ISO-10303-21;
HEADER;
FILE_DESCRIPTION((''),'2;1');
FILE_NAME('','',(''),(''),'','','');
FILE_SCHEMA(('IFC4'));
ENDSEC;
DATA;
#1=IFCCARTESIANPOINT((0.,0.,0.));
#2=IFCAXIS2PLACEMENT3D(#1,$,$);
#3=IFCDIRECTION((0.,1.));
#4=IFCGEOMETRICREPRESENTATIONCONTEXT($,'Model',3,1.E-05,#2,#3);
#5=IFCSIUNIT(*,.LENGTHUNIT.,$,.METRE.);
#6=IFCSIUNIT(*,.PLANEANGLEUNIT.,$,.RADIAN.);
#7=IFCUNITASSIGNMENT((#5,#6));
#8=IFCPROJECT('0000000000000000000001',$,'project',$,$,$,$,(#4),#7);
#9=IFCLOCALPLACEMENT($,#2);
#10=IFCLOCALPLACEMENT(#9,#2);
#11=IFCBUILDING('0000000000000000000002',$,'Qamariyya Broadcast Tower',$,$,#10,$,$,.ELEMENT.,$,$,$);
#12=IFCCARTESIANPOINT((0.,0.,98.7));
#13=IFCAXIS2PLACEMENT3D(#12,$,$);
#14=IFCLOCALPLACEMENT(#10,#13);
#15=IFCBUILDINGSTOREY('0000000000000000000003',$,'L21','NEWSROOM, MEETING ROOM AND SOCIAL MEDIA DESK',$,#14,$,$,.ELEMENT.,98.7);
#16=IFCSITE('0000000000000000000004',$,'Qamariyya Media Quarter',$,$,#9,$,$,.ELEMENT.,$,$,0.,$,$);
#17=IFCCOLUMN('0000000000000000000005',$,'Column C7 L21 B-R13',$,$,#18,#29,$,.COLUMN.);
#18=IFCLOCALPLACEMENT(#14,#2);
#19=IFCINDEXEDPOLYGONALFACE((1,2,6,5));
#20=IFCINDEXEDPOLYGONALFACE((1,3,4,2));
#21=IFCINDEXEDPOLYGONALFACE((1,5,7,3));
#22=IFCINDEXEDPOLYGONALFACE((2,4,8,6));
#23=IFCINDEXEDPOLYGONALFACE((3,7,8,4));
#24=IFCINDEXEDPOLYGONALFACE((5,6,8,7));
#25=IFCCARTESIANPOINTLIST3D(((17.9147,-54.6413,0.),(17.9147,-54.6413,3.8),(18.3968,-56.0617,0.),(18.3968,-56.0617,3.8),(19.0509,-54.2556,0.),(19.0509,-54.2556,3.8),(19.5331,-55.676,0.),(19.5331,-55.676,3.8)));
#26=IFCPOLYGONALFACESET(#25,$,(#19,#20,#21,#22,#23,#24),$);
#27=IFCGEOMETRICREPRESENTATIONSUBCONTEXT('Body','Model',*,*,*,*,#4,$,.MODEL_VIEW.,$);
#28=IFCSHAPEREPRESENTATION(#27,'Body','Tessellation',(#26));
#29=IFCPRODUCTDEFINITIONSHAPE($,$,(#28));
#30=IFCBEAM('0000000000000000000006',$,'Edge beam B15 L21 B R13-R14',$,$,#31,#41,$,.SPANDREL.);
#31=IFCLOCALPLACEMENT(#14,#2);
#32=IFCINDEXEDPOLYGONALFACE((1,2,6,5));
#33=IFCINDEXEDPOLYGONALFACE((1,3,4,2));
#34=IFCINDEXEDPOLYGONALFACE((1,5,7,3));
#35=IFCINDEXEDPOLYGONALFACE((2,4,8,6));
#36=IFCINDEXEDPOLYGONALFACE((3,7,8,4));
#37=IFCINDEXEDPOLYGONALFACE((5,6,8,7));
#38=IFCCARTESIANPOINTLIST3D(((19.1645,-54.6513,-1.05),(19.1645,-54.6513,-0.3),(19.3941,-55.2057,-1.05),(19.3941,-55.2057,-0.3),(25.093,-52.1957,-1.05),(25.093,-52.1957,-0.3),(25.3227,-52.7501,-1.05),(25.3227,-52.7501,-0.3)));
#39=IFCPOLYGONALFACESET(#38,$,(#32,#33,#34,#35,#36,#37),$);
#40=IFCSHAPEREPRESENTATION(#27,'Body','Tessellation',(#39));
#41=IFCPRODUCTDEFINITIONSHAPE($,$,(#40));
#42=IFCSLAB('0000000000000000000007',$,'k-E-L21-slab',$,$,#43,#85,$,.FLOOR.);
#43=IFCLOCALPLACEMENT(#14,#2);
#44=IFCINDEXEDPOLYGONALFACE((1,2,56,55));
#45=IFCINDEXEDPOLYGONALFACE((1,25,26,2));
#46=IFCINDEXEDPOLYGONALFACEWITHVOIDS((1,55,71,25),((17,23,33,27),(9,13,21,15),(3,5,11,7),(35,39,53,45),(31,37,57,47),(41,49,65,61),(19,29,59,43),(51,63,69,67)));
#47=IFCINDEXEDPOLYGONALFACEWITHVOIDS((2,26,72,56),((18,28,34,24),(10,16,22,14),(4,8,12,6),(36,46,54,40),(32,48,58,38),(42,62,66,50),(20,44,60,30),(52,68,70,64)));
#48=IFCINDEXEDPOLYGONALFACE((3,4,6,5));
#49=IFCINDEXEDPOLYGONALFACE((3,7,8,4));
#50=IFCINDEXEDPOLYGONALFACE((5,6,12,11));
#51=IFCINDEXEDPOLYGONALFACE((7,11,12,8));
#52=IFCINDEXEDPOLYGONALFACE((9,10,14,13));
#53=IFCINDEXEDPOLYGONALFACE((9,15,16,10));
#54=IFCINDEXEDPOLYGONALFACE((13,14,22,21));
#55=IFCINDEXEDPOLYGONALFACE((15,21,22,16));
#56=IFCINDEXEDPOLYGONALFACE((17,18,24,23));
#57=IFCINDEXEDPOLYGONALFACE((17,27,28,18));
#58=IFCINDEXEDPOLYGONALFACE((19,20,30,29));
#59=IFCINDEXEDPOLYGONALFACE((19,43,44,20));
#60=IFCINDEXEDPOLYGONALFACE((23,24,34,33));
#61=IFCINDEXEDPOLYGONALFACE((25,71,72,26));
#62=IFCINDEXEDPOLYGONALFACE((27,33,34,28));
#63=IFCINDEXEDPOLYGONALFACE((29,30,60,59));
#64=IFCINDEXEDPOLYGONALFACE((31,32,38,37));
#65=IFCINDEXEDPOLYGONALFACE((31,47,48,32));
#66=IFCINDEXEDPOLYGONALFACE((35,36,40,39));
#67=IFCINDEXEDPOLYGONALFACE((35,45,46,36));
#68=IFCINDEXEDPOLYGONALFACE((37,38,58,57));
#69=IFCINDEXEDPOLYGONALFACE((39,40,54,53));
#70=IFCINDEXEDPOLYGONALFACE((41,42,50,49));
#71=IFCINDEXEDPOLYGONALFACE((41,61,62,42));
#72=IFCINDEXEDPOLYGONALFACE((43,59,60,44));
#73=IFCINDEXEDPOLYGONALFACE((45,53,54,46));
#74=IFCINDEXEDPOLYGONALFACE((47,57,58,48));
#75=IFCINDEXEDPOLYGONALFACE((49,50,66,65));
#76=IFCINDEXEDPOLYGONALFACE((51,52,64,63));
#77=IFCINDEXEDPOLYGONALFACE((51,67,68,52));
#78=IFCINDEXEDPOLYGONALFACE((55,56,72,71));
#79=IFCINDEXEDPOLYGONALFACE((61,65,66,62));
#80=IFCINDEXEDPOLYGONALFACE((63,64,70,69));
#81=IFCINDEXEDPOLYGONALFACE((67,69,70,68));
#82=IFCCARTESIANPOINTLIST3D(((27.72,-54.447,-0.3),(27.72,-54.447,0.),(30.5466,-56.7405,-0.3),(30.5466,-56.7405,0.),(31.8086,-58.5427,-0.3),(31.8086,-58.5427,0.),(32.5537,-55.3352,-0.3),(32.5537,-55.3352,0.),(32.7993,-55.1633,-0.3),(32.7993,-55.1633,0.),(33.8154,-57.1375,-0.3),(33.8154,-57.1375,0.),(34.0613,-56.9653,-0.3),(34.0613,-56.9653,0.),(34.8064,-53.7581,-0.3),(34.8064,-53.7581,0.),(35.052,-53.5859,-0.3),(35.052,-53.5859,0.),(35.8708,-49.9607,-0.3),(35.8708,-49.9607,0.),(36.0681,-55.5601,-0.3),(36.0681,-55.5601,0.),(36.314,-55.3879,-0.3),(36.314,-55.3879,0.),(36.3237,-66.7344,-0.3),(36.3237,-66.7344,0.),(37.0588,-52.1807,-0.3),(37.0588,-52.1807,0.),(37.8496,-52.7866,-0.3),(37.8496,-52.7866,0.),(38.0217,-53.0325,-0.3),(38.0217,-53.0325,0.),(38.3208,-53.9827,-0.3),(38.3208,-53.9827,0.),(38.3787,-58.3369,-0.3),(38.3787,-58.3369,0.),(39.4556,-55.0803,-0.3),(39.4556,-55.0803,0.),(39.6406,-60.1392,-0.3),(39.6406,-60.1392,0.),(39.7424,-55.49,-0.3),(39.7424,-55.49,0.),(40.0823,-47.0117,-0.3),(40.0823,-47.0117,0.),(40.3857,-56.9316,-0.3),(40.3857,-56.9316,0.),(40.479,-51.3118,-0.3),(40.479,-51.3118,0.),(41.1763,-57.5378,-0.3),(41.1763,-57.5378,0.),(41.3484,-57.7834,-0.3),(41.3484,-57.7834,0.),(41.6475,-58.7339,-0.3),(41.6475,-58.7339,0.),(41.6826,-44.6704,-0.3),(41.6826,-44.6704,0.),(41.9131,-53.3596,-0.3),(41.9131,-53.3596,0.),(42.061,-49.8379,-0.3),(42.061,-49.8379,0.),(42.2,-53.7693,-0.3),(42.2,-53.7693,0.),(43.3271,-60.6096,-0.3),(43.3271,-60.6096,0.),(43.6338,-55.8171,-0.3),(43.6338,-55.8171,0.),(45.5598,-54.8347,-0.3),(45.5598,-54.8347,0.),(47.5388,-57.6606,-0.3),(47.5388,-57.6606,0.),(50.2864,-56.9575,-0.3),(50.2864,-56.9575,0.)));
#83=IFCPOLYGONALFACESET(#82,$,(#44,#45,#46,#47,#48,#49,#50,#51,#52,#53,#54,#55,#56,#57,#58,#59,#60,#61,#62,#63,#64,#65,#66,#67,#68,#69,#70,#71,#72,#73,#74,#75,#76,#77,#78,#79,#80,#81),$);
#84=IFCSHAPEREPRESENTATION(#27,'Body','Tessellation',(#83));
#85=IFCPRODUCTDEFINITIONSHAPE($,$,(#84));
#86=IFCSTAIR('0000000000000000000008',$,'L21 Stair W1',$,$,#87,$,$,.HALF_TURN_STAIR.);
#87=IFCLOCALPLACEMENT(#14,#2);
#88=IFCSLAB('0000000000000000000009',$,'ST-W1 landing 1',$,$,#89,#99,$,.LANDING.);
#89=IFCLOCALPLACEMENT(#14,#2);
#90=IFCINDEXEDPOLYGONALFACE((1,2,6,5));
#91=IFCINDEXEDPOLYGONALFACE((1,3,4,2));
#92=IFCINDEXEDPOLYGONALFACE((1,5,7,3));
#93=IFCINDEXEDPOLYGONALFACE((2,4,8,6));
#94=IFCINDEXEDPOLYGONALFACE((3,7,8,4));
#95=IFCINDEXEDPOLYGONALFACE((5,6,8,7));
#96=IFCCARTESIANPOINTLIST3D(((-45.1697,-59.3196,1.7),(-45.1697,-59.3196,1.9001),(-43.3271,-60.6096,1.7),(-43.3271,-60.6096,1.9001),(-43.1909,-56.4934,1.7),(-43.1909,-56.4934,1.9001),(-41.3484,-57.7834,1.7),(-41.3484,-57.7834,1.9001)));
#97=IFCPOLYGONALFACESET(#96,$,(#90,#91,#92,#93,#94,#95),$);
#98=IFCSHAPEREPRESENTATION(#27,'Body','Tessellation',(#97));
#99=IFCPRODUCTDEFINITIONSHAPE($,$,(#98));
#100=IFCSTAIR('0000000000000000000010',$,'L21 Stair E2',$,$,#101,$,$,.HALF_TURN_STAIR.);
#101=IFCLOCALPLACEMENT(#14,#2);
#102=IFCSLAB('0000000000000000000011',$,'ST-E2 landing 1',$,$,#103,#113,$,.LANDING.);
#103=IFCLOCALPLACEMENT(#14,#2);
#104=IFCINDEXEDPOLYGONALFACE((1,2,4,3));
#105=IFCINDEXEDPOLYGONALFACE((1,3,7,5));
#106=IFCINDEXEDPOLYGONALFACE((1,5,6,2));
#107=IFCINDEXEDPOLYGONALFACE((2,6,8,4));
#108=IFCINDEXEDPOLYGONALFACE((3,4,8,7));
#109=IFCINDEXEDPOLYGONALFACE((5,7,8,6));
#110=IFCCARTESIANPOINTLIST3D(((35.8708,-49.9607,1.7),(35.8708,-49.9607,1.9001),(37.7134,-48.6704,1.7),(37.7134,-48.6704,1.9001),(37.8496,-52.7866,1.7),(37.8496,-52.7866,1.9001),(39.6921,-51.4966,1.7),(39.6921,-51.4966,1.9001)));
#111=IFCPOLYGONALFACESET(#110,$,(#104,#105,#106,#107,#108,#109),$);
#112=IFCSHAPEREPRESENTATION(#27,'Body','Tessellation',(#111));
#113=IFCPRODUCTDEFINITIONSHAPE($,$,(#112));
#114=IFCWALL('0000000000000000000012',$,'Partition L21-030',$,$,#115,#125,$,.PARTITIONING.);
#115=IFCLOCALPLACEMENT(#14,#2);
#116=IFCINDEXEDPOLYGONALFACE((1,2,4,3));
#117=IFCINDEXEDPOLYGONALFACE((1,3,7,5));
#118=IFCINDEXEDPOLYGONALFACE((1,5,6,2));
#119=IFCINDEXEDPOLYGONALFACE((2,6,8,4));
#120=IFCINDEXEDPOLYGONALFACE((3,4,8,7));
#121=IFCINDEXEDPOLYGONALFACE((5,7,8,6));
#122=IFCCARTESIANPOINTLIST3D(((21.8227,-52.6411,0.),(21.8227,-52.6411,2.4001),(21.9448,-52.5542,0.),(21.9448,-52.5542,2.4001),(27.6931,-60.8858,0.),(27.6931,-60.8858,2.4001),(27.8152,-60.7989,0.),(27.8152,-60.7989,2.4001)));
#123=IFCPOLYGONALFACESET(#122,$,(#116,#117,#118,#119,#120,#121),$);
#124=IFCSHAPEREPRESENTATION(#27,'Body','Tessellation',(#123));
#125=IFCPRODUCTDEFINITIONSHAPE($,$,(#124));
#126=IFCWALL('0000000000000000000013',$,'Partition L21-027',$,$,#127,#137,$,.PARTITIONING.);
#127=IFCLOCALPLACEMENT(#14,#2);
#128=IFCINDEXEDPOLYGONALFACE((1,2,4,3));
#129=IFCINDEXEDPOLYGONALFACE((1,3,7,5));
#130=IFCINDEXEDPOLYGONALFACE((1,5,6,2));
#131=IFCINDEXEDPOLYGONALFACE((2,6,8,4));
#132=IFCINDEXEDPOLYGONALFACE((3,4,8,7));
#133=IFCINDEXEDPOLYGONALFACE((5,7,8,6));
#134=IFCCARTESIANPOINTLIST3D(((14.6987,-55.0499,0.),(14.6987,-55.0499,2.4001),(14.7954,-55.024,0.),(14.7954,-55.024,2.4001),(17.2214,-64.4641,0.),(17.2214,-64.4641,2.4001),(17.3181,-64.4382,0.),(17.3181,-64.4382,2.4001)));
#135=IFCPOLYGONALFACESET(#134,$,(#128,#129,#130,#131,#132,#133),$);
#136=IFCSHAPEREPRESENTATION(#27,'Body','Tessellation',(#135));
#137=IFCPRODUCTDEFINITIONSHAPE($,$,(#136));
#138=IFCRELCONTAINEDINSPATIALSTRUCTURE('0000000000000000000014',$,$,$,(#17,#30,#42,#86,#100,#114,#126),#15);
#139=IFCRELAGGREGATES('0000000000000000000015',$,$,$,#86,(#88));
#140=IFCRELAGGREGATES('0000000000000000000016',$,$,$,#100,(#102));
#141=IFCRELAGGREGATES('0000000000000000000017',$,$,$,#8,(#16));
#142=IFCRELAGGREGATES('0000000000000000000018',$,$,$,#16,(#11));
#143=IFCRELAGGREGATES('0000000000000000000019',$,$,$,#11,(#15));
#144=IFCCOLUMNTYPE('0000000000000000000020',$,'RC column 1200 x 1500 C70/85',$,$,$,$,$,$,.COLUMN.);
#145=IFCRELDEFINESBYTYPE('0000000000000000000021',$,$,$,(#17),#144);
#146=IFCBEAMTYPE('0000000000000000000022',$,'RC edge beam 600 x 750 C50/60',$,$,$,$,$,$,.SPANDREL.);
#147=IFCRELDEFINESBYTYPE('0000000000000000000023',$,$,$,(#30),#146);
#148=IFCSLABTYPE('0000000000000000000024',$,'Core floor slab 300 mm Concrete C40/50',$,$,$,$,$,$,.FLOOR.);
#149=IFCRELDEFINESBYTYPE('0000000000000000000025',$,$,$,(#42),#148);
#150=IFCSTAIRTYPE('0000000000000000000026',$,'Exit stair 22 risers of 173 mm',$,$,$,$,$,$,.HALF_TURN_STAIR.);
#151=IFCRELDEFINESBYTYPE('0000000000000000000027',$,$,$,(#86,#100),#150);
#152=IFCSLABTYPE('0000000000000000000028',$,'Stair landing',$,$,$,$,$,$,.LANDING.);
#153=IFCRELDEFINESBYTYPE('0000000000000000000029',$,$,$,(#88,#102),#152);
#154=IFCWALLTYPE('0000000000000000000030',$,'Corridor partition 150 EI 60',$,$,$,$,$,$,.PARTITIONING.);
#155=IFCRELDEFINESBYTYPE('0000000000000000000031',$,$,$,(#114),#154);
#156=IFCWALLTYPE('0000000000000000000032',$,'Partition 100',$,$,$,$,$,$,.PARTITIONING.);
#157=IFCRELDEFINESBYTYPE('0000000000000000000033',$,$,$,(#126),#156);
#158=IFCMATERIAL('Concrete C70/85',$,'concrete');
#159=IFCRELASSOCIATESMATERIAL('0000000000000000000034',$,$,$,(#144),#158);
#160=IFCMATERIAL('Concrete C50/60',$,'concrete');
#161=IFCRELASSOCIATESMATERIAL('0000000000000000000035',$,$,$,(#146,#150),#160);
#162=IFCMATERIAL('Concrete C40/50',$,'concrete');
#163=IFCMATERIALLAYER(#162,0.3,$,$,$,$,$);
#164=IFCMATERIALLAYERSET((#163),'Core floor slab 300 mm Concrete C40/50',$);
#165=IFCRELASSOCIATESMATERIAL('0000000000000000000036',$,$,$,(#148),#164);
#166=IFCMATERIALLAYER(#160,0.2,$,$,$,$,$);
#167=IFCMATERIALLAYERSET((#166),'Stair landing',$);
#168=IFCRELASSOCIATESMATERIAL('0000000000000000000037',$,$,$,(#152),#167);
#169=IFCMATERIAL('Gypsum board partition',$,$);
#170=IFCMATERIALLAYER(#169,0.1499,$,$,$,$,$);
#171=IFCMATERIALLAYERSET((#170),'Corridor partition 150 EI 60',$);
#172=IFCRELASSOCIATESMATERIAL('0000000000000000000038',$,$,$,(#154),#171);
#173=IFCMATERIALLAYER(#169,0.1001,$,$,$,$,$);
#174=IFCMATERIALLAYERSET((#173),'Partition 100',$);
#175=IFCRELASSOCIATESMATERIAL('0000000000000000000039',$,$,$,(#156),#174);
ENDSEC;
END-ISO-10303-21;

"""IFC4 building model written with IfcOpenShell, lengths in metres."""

from ifc_helpers import new_model, si_unit, direction, frame, frame_2d, origin, origin_2d, place, context, subcontext, project, spatial, polyline, rectangle, outline, extrude, material, layer, layer_set, material_profile, profile_set, type_object, element, aggregate, save


model = new_model("IFC4")

# Units and contexts
model_context = context("Model", 3, precision=1e-05, world=origin(), true_north=direction((0.0, 1.0)))
body_context = subcontext(model_context, "Body", "Model", "MODEL_VIEW")
ifc_project = project(units=[si_unit("LENGTHUNIT", "METRE"), si_unit("PLANEANGLEUNIT", "RADIAN")], contexts=[model_context])

# Site, building, storey
site_placement = place(None, origin())
site = spatial("IfcSite", under=ifc_project, at=site_placement, Name="Qamariyya Media Quarter", CompositionType="ELEMENT", RefElevation=0.0)
building_placement = place(site_placement, origin())
building = spatial("IfcBuilding", under=site, at=building_placement, Name="Qamariyya Broadcast Tower", CompositionType="ELEMENT")
storey_placement = place(building_placement, frame((0.0, 0.0, 98.7)))
storey = spatial("IfcBuildingStorey", under=building, at=storey_placement, Name="L21", Description="NEWSROOM, MEETING ROOM AND SOCIAL MEDIA DESK", CompositionType="ELEMENT", Elevation=98.7)

# Column
ifc_material_1 = material(Name="Concrete C70/85", Category="concrete")
ifc_material_profile_1 = material_profile(ifc_material_1, rectangle(XDim=1.2, YDim=1.5, at=origin_2d()))
ifc_profile_set_1 = profile_set([ifc_material_profile_1], Name="Concrete C70/85")
column_type = type_object("IfcColumnType", Name="RC column 1200 x 1500 C70/85", PredefinedType="COLUMN", material=ifc_profile_set_1)
column_placement = place(storey_placement, frame((18.7239, -55.1587, 0.0), z_axis=(0.0, 0.0, 1.0), x_axis=(0.94693, 0.321439, 0.0)))
element("IfcColumn", 1, at=column_placement, inside=storey, type_object=column_type, Name="Column C7 L21 B-R13", PredefinedType="COLUMN", context=body_context, shape_type="SweptSolid", body=[
    extrude(rectangle(XDim=1.2, YDim=1.5, at=origin_2d()), origin(), (0.0, 0.0, 1.0), 3.8),
])

# Beam
ifc_material_2 = material(Name="Concrete C50/60", Category="concrete")
ifc_material_profile_2 = material_profile(ifc_material_2, rectangle(XDim=0.6001, YDim=0.75, at=origin_2d()))
ifc_profile_set_2 = profile_set([ifc_material_profile_2], Name="Concrete C50/60")
beam_type = type_object("IfcBeamType", Name="RC edge beam 600 x 750 C50/60", PredefinedType="SPANDREL", material=ifc_profile_set_2)
beam_placement = place(storey_placement, frame((19.2793, -54.9285, -0.675), z_axis=(0.923884, 0.382672, 0.0), x_axis=(-0.382672, 0.923884, 0.0)))
element("IfcBeam", 2, at=beam_placement, inside=storey, type_object=beam_type, Name="Edge beam B15 L21 B R13-R14", PredefinedType="SPANDREL", context=body_context, shape_type="SweptSolid", body=[
    extrude(rectangle(XDim=0.6001, YDim=0.75, at=origin_2d()), origin(), (0.0, 0.0, 1.0), 6.417),
])

# Slab
ifc_material_3 = material(Name="Concrete C40/50", Category="concrete")
ifc_layer_1 = layer(ifc_material_3, 0.3)
ifc_layer_set_1 = layer_set([ifc_layer_1], Name="Core floor slab 300 mm Concrete C40/50")
slab_type_1 = type_object("IfcSlabType", Name="Core floor slab 300 mm Concrete C40/50", PredefinedType="FLOOR", material=ifc_layer_set_1)
slab_1_placement = place(storey_placement, frame((0.0, 0.0, -0.3)))
element("IfcSlab", 3, at=slab_1_placement, inside=storey, type_object=slab_type_1, Name="k-E-L21-slab", PredefinedType="FLOOR", context=body_context, shape_type="SweptSolid", body=[
    extrude(outline(polyline([(36.3237, -66.7344), (50.2864, -56.9575), (41.6826, -44.6704), (27.72, -54.447), (36.3237, -66.7344)]), holes=[polyline([(31.8086, -58.5427), (33.8154, -57.1375), (32.5537, -55.3352), (30.5466, -56.7405), (31.8086, -58.5427)]), polyline([(34.0613, -56.9653), (36.0681, -55.5601), (34.8064, -53.7581), (32.7993, -55.1633), (34.0613, -56.9653)]), polyline([(36.314, -55.3879), (38.3208, -53.9827), (37.0588, -52.1807), (35.052, -53.5859), (36.314, -55.3879)]), polyline([(38.3787, -58.3369), (40.3857, -56.9316), (41.6475, -58.7339), (39.6406, -60.1392), (38.3787, -58.3369)]), polyline([(39.7424, -55.49), (42.2, -53.7693), (43.6338, -55.8171), (41.1763, -57.5378), (39.7424, -55.49)]), polyline([(39.4556, -55.0803), (41.9131, -53.3596), (40.479, -51.3118), (38.0217, -53.0325), (39.4556, -55.0803)]), polyline([(40.0823, -47.0117), (35.8708, -49.9607), (37.8496, -52.7866), (42.061, -49.8379), (40.0823, -47.0117)]), polyline([(45.5598, -54.8347), (41.3484, -57.7834), (43.3271, -60.6096), (47.5388, -57.6606), (45.5598, -54.8347)])]), origin(), (0.0, 0.0, 1.0), 0.3),
])

# Stairs, slabs
stair_type = type_object("IfcStairType", Name="Exit stair 22 risers of 173 mm", PredefinedType="HALF_TURN_STAIR", material=ifc_material_2)
stair_1_placement = place(storey_placement, origin())
stair_1 = element("IfcStair", 4, at=stair_1_placement, inside=storey, type_object=stair_type, Name="L21 Stair W1", PredefinedType="HALF_TURN_STAIR")
ifc_layer_2 = layer(ifc_material_2, 0.2)
ifc_layer_set_2 = layer_set([ifc_layer_2], Name="Stair landing")
slab_type_2 = type_object("IfcSlabType", Name="Stair landing", PredefinedType="LANDING", material=ifc_layer_set_2)
slab_2_placement = place(storey_placement, frame((0.0, 0.0, 1.7)))
slab_2 = element("IfcSlab", 5, at=slab_2_placement, type_object=slab_type_2, Name="ST-W1 landing 1", PredefinedType="LANDING", context=body_context, shape_type="SweptSolid", body=[
    extrude(outline(polyline([(-45.1697, -59.3196), (-43.3271, -60.6096), (-41.3484, -57.7834), (-43.1909, -56.4934), (-45.1697, -59.3196)])), origin(), (0.0, 0.0, 1.0), 0.2002),
])
aggregate(stair_1, [slab_2])
stair_2_placement = place(storey_placement, origin())
stair_2 = element("IfcStair", 6, at=stair_2_placement, inside=storey, type_object=stair_type, Name="L21 Stair E2", PredefinedType="HALF_TURN_STAIR")
slab_3_placement = place(storey_placement, frame((0.0, 0.0, 1.7)))
slab_3 = element("IfcSlab", 7, at=slab_3_placement, type_object=slab_type_2, Name="ST-E2 landing 1", PredefinedType="LANDING", context=body_context, shape_type="SweptSolid", body=[
    extrude(outline(polyline([(37.7134, -48.6704), (35.8708, -49.9607), (37.8496, -52.7866), (39.6921, -51.4966), (37.7134, -48.6704)])), origin(), (0.0, 0.0, 1.0), 0.2002),
])
aggregate(stair_2, [slab_3])

# Walls
ifc_material_4 = material(Name="Gypsum board partition")
ifc_layer_3 = layer(ifc_material_4, 0.1499)
ifc_layer_set_3 = layer_set([ifc_layer_3], Name="Corridor partition 150 EI 60")
wall_type_1 = type_object("IfcWallType", Name="Corridor partition 150 EI 60", PredefinedType="PARTITIONING", material=ifc_layer_set_3)
wall_1_placement = place(storey_placement, frame((21.8838, -52.5977, 0.0), z_axis=(0.0, 0.0, 1.0), x_axis=(0.580017, -0.814605, 0.0)))
element("IfcWall", 8, at=wall_1_placement, inside=storey, type_object=wall_type_1, Name="Partition L21-030", PredefinedType="PARTITIONING", context=body_context, shape_type="SweptSolid", body=[
    extrude(rectangle(XDim=10.1211, YDim=0.1499, at=frame_2d((5.0605, 0.0))), origin(), (0.0, 0.0, 1.0), 2.4001),
])
ifc_layer_4 = layer(ifc_material_4, 0.1001)
ifc_layer_set_4 = layer_set([ifc_layer_4], Name="Partition 100")
wall_type_2 = type_object("IfcWallType", Name="Partition 100", PredefinedType="PARTITIONING", material=ifc_layer_set_4)
wall_2_placement = place(storey_placement, frame((14.7471, -55.0371, 0.0), z_axis=(0.0, 0.0, 1.0), x_axis=(0.258833, -0.965922, 0.0)))
element("IfcWall", 9, at=wall_2_placement, inside=storey, type_object=wall_type_2, Name="Partition L21-027", PredefinedType="PARTITIONING", context=body_context, shape_type="SweptSolid", body=[
    extrude(rectangle(XDim=9.7463, YDim=0.1001, at=frame_2d((4.873, 0.0))), origin(), (0.0, 0.0, 1.0), 2.4001),
])

save(model, "model.ifc")
